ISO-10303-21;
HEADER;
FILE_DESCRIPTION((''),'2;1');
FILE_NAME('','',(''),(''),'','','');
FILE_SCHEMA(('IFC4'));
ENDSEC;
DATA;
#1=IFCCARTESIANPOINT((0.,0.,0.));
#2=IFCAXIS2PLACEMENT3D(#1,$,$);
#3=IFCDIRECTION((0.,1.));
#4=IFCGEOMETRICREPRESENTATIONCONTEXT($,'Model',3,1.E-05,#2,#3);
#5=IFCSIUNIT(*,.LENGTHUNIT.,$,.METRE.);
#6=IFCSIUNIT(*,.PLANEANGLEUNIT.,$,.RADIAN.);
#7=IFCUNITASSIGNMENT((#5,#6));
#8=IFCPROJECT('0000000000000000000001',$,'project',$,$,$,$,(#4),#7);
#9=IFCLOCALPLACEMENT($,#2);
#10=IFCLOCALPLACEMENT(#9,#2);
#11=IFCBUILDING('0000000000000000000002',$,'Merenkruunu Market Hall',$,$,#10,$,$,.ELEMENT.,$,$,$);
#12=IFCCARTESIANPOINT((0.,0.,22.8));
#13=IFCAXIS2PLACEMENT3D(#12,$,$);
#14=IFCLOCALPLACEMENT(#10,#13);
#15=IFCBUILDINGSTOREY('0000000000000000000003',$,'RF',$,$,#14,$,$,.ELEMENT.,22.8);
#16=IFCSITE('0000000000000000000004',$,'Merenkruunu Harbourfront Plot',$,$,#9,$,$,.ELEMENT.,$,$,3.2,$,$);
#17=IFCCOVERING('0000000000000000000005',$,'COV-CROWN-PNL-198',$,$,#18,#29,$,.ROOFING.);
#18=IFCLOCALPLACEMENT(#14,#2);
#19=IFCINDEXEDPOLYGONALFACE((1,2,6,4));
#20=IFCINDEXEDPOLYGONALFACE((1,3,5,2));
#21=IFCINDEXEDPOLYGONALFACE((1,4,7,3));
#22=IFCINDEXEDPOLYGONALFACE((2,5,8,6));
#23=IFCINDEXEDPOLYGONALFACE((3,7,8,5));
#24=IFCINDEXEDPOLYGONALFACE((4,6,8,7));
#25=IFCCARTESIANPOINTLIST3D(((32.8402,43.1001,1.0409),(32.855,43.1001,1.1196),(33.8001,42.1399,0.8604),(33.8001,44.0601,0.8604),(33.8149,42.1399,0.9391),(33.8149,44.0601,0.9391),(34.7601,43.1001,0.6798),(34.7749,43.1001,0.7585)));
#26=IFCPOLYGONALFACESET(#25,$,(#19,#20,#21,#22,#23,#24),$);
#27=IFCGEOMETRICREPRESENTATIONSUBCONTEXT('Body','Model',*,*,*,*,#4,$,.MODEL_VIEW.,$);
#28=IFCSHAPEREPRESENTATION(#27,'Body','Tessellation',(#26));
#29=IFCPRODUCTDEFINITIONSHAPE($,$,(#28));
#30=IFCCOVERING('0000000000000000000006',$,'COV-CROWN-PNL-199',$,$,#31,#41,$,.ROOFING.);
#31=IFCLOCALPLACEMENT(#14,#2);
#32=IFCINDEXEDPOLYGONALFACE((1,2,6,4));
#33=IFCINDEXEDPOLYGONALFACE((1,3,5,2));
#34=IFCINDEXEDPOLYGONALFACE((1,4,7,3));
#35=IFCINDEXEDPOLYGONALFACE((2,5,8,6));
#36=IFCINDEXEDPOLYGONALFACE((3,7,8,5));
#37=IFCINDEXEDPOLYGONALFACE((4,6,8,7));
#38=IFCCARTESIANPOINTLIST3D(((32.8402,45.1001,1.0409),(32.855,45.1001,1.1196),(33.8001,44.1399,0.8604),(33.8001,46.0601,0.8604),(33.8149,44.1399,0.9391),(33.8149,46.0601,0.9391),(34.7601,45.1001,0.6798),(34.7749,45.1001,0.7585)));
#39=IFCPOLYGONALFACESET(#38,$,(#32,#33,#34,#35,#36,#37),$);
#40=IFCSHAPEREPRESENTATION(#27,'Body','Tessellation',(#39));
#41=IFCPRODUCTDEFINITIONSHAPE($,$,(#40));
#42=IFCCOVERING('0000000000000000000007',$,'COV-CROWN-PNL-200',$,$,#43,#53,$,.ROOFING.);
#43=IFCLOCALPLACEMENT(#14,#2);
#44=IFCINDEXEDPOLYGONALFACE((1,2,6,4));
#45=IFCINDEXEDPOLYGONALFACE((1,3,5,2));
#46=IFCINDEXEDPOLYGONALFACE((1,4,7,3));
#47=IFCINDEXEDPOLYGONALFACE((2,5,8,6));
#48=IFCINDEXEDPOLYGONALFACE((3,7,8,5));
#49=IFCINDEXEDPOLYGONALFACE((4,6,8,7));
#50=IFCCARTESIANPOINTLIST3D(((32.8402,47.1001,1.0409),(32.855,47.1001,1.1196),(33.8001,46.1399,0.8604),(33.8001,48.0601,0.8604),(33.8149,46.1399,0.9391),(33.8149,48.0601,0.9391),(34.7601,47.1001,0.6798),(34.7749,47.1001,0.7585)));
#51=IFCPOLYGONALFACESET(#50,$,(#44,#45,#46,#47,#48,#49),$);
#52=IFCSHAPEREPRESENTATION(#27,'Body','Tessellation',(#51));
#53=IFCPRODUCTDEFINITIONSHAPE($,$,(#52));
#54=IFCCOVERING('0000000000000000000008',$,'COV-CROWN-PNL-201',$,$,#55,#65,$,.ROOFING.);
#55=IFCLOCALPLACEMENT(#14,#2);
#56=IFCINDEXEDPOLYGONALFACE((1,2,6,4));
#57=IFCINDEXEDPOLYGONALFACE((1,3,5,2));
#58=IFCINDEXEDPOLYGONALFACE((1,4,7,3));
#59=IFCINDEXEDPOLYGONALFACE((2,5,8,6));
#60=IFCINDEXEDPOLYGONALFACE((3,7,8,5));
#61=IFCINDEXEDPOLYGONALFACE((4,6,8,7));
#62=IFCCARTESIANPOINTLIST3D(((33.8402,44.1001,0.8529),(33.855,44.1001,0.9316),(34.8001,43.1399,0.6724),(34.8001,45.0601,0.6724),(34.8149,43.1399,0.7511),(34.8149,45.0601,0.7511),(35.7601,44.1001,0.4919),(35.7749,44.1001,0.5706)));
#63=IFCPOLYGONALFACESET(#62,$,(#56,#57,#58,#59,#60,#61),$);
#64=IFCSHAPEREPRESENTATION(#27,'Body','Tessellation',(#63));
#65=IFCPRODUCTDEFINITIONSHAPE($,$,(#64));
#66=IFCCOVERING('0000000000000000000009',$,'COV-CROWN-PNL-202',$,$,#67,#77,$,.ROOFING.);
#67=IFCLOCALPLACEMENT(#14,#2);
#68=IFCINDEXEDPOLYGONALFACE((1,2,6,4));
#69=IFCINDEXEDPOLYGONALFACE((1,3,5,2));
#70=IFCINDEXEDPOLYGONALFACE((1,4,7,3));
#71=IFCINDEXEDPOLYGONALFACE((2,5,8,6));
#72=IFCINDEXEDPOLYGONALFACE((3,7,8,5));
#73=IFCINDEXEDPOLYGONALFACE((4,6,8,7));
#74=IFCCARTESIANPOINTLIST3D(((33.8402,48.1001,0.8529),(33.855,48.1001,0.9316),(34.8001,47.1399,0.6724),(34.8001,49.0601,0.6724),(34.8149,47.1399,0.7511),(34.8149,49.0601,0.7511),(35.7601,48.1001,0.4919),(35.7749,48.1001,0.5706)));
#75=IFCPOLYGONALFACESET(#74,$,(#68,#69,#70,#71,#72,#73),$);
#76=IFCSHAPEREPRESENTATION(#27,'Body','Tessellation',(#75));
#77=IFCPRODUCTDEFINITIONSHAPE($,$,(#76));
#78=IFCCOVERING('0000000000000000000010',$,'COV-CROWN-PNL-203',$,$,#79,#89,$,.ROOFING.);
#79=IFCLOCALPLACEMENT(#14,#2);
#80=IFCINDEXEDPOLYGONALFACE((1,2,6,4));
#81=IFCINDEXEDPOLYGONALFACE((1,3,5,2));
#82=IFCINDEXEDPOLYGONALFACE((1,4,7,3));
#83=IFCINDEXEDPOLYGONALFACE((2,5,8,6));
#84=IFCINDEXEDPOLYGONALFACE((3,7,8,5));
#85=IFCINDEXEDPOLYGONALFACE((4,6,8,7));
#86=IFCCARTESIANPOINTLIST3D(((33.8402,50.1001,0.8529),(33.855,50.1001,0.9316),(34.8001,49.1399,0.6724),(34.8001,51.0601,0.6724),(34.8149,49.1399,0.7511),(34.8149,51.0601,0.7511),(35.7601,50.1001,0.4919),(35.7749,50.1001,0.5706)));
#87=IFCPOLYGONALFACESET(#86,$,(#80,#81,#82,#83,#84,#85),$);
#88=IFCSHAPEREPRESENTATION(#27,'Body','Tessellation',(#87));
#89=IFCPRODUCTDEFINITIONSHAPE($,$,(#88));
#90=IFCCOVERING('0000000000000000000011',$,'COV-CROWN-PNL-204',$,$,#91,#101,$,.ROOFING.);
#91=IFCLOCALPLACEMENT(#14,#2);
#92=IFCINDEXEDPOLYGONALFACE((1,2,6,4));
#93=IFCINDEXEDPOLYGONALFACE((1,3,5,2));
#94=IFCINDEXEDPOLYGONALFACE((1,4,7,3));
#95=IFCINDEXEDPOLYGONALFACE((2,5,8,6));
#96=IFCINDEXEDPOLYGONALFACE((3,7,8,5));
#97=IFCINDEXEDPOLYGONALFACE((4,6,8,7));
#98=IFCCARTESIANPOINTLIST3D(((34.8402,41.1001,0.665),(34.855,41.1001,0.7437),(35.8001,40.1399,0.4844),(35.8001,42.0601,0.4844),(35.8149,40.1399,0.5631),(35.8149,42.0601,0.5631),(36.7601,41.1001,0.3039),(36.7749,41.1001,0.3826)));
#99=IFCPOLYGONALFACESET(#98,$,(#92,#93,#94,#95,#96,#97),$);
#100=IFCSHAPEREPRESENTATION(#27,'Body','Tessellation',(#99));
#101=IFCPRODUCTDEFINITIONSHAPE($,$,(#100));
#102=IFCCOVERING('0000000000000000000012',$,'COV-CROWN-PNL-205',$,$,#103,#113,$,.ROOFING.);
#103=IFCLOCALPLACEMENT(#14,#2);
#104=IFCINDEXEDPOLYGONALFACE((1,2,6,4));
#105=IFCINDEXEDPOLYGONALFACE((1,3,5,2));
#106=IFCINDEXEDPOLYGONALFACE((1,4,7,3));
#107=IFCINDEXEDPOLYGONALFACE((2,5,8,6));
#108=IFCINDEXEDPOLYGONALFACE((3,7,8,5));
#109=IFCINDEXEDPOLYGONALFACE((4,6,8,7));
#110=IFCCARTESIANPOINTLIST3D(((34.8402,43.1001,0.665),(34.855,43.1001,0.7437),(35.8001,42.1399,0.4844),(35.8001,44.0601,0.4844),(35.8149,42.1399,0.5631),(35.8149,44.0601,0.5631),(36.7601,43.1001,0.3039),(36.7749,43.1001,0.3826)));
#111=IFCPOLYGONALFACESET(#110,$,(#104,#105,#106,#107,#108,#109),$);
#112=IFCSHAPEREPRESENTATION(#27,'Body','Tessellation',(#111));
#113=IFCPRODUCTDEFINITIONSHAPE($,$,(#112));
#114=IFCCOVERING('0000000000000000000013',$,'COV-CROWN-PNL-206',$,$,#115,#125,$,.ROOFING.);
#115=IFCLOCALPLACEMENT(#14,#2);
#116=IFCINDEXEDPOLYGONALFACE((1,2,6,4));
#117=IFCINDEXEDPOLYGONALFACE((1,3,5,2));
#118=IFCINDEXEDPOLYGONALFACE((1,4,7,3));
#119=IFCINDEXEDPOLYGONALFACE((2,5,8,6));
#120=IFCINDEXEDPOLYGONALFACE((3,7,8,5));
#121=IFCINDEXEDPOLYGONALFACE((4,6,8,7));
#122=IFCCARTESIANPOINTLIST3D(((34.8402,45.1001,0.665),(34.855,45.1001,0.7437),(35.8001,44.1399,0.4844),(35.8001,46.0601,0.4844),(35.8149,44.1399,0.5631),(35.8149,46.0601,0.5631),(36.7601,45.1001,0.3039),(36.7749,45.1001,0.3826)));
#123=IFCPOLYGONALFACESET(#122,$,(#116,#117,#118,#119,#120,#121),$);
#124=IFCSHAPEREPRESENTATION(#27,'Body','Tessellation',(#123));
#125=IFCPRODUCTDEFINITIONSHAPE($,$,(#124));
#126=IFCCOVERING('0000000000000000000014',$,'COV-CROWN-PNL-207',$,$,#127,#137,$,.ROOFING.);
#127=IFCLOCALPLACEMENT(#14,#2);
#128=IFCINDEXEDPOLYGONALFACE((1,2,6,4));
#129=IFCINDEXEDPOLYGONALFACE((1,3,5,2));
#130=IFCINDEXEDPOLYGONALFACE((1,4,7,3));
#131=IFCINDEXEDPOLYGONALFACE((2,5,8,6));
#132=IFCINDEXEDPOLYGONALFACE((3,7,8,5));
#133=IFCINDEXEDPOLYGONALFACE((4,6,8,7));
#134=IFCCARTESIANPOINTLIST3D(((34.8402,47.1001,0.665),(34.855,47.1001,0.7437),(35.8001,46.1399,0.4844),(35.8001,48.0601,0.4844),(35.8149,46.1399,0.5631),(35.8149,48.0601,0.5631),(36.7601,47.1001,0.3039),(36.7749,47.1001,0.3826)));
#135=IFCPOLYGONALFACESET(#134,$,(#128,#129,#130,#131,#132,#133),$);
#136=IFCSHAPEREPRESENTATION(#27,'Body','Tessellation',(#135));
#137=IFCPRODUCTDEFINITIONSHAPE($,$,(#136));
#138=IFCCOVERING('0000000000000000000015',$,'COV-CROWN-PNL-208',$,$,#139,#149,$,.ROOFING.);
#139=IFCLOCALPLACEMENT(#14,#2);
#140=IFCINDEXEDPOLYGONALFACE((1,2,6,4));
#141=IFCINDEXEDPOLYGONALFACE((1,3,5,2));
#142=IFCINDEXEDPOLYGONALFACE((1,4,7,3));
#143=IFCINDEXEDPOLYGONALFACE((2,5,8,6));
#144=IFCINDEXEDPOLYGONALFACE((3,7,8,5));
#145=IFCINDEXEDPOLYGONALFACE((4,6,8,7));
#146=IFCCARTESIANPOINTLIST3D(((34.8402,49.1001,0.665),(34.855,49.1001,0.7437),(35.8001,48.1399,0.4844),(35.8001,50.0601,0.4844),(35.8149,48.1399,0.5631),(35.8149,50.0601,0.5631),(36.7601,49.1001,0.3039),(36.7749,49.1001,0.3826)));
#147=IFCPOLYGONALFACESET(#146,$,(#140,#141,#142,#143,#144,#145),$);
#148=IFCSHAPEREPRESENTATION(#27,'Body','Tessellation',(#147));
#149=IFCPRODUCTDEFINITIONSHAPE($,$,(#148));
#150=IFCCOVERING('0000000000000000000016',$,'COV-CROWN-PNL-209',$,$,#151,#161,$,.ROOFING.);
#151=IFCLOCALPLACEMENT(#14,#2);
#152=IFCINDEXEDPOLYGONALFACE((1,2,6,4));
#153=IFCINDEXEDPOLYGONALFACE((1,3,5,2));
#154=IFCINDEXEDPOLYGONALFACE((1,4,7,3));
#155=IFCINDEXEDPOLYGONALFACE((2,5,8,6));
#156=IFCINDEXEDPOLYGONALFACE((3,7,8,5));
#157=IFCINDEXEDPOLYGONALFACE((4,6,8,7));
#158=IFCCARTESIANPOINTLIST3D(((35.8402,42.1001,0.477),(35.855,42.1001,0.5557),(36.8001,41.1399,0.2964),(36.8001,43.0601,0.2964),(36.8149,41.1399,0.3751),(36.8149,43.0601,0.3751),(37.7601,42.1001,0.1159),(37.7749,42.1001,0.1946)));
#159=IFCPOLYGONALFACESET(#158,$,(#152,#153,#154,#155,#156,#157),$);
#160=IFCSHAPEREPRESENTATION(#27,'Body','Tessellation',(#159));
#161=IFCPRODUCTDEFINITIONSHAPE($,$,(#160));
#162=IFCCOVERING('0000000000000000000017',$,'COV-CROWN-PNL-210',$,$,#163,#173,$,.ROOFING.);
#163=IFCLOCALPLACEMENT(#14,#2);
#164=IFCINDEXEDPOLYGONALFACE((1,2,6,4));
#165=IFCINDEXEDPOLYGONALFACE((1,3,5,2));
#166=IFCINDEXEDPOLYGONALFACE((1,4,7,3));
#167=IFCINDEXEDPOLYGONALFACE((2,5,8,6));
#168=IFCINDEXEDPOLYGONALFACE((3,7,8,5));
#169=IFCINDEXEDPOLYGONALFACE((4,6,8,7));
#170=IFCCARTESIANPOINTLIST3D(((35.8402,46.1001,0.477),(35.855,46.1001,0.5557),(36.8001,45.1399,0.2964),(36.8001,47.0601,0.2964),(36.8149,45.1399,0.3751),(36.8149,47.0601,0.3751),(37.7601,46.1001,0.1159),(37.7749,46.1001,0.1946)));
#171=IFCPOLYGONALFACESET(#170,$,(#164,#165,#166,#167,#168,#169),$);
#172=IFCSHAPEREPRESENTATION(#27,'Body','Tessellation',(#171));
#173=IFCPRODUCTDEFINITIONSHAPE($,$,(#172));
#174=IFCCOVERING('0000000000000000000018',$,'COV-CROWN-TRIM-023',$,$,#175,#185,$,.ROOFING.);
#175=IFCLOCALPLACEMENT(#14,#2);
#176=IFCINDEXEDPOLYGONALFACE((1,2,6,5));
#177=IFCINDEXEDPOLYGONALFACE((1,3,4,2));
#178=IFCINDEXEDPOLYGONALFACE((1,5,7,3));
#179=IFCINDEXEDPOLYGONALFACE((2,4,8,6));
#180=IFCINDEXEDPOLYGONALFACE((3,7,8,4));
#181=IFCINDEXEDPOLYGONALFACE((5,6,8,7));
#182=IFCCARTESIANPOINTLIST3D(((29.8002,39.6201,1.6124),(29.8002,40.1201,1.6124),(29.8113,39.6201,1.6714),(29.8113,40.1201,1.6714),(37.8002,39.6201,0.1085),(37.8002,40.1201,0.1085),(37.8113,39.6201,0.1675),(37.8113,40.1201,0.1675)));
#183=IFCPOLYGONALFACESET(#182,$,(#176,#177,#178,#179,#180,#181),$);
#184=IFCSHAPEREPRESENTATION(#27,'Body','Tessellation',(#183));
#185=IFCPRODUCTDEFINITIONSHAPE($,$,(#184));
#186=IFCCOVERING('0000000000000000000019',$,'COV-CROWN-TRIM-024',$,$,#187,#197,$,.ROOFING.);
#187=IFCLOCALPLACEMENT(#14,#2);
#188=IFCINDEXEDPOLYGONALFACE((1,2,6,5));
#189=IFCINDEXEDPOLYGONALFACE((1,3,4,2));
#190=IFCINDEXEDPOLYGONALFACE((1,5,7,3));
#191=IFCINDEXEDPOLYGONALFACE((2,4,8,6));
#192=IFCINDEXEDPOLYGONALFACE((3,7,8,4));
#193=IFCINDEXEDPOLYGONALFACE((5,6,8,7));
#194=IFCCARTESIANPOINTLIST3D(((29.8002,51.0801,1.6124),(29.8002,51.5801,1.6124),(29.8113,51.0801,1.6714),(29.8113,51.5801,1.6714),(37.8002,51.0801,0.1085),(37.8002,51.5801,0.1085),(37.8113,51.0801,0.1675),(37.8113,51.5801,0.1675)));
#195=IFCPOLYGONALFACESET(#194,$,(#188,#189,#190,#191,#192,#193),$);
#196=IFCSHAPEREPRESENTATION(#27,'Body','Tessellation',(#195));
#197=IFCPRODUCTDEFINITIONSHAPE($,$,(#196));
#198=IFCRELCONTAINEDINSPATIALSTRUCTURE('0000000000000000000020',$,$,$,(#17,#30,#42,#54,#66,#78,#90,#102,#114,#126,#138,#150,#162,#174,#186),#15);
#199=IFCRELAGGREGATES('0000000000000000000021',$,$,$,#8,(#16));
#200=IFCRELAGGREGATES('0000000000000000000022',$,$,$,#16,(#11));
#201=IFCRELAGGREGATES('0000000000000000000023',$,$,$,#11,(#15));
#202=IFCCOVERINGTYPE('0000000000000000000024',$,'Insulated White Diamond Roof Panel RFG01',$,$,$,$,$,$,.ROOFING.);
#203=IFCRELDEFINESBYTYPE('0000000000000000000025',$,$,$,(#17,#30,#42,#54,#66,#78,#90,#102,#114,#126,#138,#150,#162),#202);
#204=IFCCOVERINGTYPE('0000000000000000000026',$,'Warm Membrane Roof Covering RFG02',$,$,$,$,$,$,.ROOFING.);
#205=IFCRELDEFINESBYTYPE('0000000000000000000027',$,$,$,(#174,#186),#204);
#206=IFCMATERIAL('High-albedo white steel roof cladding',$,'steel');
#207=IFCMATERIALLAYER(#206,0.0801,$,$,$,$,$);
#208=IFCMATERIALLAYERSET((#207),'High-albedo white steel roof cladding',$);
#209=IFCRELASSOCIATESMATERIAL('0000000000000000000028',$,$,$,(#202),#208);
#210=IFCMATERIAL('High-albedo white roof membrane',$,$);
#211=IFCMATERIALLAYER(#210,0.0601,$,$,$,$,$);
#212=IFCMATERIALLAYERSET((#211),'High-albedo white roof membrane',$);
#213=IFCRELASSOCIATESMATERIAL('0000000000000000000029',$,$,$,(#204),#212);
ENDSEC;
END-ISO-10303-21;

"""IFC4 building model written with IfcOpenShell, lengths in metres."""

from ifc_helpers import new_model, si_unit, direction, frame, origin, place, context, subcontext, project, spatial, polyline, outline, extrude, material, layer, layer_set, type_object, element, save


model = new_model("IFC4")

# Units and contexts
model_context = context("Model", 3, precision=1e-05, world=origin(), true_north=direction((0.0, 1.0)))
body_context = subcontext(model_context, "Body", "Model", "MODEL_VIEW")
ifc_project = project(units=[si_unit("LENGTHUNIT", "METRE"), si_unit("PLANEANGLEUNIT", "RADIAN")], contexts=[model_context])

# Site, building, storey
site_placement = place(None, origin())
site = spatial("IfcSite", under=ifc_project, at=site_placement, Name="Merenkruunu Harbourfront Plot", CompositionType="ELEMENT", RefElevation=3.2)
building_placement = place(site_placement, origin())
building = spatial("IfcBuilding", under=site, at=building_placement, Name="Merenkruunu Market Hall", CompositionType="ELEMENT")
storey_placement = place(building_placement, frame((0.0, 0.0, 22.8)))
storey = spatial("IfcBuildingStorey", under=building, at=storey_placement, Name="RF", CompositionType="ELEMENT", Elevation=22.8)

# Coverings
ifc_material_1 = material(Name="High-albedo white steel roof cladding", Category="steel")
ifc_layer_1 = layer(ifc_material_1, 0.0801)
ifc_layer_set_1 = layer_set([ifc_layer_1], Name="High-albedo white steel roof cladding")
covering_type_1 = type_object("IfcCoveringType", Name="Insulated White Diamond Roof Panel RFG01", PredefinedType="ROOFING", material=ifc_layer_set_1)
for number, where, z_axis, x_axis, name in (
    (1, (32.855, 43.1001, 1.1196), (0.184832, 0.0, 0.98277), (0.70084, -0.701035, -0.131809), "COV-CROWN-PNL-198"),
    (2, (32.855, 45.1001, 1.1196), (0.184832, 0.0, 0.98277), (0.70084, -0.701035, -0.131809), "COV-CROWN-PNL-199"),
    (3, (32.855, 47.1001, 1.1196), (0.184832, 0.0, 0.98277), (0.70084, -0.701035, -0.131809), "COV-CROWN-PNL-200"),
    (4, (33.855, 44.1001, 0.9316), (0.184832, 0.0, 0.98277), (0.70084, -0.701035, -0.131809), "COV-CROWN-PNL-201"),
    (5, (33.855, 48.1001, 0.9316), (0.184832, 0.0, 0.98277), (0.70084, -0.701035, -0.131809), "COV-CROWN-PNL-202"),
    (6, (33.855, 50.1001, 0.9316), (0.184832, 0.0, 0.98277), (0.70084, -0.701035, -0.131809), "COV-CROWN-PNL-203"),
    (7, (34.855, 41.1001, 0.7437), (0.184832, 0.0, 0.98277), (0.70084, -0.701035, -0.131809), "COV-CROWN-PNL-204"),
    (8, (34.855, 43.1001, 0.7437), (0.184832, 0.0, 0.98277), (0.70084, -0.701035, -0.131809), "COV-CROWN-PNL-205"),
    (9, (34.855, 45.1001, 0.7437), (0.184832, 0.0, 0.98277), (0.70084, -0.701035, -0.131809), "COV-CROWN-PNL-206"),
    (10, (34.855, 47.1001, 0.7437), (0.184832, 0.0, 0.98277), (0.70084, -0.701035, -0.131809), "COV-CROWN-PNL-207"),
    (11, (34.855, 49.1001, 0.7437), (0.184832, 0.0, 0.98277), (0.70084, -0.701035, -0.131809), "COV-CROWN-PNL-208"),
    (12, (35.855, 42.1001, 0.5557), (0.184832, 0.0, 0.98277), (0.70084, -0.701035, -0.131809), "COV-CROWN-PNL-209"),
    (13, (35.855, 46.1001, 0.5557), (0.184832, 0.0, 0.98277), (0.70084, -0.701035, -0.131809), "COV-CROWN-PNL-210"),
):
    element("IfcCovering", number, at=place(storey_placement, frame(where, z_axis=z_axis, x_axis=x_axis)), inside=storey, type_object=covering_type_1, Name=name, PredefinedType="ROOFING", context=body_context, shape_type="SweptSolid", body=[
        extrude(outline(polyline([(0.0, 0.0), (1.3697, 0.0), (1.3932, 1.3695), (0.0236, 1.3693), (0.0, 0.0)])), origin(), (0.0, 0.0, -1.0), 0.0801),
    ])
ifc_material_2 = material(Name="High-albedo white roof membrane")
ifc_layer_2 = layer(ifc_material_2, 0.0601)
ifc_layer_set_2 = layer_set([ifc_layer_2], Name="High-albedo white roof membrane")
covering_type_2 = type_object("IfcCoveringType", Name="Warm Membrane Roof Covering RFG02", PredefinedType="ROOFING", material=ifc_layer_set_2)
for number, where, z_axis, x_axis, name in (
    (14, (29.8113, 39.6201, 1.6714), (0.184752, 0.0, 0.982785), (0.982785, 0.0, -0.184752), "COV-CROWN-TRIM-023"),
    (15, (29.8113, 51.0801, 1.6714), (0.184752, 0.0, 0.982785), (0.982785, 0.0, -0.184752), "COV-CROWN-TRIM-024"),
):
    element("IfcCovering", number, at=place(storey_placement, frame(where, z_axis=z_axis, x_axis=x_axis)), inside=storey, type_object=covering_type_2, Name=name, PredefinedType="ROOFING", context=body_context, shape_type="SweptSolid", body=[
        extrude(outline(polyline([(0.0, 0.0), (8.1401, 0.0), (8.1401, 0.5), (0.0, 0.5), (0.0, 0.0)])), origin(), (0.0, 0.0, -1.0), 0.0601),
    ])

save(model, "model.ifc")
